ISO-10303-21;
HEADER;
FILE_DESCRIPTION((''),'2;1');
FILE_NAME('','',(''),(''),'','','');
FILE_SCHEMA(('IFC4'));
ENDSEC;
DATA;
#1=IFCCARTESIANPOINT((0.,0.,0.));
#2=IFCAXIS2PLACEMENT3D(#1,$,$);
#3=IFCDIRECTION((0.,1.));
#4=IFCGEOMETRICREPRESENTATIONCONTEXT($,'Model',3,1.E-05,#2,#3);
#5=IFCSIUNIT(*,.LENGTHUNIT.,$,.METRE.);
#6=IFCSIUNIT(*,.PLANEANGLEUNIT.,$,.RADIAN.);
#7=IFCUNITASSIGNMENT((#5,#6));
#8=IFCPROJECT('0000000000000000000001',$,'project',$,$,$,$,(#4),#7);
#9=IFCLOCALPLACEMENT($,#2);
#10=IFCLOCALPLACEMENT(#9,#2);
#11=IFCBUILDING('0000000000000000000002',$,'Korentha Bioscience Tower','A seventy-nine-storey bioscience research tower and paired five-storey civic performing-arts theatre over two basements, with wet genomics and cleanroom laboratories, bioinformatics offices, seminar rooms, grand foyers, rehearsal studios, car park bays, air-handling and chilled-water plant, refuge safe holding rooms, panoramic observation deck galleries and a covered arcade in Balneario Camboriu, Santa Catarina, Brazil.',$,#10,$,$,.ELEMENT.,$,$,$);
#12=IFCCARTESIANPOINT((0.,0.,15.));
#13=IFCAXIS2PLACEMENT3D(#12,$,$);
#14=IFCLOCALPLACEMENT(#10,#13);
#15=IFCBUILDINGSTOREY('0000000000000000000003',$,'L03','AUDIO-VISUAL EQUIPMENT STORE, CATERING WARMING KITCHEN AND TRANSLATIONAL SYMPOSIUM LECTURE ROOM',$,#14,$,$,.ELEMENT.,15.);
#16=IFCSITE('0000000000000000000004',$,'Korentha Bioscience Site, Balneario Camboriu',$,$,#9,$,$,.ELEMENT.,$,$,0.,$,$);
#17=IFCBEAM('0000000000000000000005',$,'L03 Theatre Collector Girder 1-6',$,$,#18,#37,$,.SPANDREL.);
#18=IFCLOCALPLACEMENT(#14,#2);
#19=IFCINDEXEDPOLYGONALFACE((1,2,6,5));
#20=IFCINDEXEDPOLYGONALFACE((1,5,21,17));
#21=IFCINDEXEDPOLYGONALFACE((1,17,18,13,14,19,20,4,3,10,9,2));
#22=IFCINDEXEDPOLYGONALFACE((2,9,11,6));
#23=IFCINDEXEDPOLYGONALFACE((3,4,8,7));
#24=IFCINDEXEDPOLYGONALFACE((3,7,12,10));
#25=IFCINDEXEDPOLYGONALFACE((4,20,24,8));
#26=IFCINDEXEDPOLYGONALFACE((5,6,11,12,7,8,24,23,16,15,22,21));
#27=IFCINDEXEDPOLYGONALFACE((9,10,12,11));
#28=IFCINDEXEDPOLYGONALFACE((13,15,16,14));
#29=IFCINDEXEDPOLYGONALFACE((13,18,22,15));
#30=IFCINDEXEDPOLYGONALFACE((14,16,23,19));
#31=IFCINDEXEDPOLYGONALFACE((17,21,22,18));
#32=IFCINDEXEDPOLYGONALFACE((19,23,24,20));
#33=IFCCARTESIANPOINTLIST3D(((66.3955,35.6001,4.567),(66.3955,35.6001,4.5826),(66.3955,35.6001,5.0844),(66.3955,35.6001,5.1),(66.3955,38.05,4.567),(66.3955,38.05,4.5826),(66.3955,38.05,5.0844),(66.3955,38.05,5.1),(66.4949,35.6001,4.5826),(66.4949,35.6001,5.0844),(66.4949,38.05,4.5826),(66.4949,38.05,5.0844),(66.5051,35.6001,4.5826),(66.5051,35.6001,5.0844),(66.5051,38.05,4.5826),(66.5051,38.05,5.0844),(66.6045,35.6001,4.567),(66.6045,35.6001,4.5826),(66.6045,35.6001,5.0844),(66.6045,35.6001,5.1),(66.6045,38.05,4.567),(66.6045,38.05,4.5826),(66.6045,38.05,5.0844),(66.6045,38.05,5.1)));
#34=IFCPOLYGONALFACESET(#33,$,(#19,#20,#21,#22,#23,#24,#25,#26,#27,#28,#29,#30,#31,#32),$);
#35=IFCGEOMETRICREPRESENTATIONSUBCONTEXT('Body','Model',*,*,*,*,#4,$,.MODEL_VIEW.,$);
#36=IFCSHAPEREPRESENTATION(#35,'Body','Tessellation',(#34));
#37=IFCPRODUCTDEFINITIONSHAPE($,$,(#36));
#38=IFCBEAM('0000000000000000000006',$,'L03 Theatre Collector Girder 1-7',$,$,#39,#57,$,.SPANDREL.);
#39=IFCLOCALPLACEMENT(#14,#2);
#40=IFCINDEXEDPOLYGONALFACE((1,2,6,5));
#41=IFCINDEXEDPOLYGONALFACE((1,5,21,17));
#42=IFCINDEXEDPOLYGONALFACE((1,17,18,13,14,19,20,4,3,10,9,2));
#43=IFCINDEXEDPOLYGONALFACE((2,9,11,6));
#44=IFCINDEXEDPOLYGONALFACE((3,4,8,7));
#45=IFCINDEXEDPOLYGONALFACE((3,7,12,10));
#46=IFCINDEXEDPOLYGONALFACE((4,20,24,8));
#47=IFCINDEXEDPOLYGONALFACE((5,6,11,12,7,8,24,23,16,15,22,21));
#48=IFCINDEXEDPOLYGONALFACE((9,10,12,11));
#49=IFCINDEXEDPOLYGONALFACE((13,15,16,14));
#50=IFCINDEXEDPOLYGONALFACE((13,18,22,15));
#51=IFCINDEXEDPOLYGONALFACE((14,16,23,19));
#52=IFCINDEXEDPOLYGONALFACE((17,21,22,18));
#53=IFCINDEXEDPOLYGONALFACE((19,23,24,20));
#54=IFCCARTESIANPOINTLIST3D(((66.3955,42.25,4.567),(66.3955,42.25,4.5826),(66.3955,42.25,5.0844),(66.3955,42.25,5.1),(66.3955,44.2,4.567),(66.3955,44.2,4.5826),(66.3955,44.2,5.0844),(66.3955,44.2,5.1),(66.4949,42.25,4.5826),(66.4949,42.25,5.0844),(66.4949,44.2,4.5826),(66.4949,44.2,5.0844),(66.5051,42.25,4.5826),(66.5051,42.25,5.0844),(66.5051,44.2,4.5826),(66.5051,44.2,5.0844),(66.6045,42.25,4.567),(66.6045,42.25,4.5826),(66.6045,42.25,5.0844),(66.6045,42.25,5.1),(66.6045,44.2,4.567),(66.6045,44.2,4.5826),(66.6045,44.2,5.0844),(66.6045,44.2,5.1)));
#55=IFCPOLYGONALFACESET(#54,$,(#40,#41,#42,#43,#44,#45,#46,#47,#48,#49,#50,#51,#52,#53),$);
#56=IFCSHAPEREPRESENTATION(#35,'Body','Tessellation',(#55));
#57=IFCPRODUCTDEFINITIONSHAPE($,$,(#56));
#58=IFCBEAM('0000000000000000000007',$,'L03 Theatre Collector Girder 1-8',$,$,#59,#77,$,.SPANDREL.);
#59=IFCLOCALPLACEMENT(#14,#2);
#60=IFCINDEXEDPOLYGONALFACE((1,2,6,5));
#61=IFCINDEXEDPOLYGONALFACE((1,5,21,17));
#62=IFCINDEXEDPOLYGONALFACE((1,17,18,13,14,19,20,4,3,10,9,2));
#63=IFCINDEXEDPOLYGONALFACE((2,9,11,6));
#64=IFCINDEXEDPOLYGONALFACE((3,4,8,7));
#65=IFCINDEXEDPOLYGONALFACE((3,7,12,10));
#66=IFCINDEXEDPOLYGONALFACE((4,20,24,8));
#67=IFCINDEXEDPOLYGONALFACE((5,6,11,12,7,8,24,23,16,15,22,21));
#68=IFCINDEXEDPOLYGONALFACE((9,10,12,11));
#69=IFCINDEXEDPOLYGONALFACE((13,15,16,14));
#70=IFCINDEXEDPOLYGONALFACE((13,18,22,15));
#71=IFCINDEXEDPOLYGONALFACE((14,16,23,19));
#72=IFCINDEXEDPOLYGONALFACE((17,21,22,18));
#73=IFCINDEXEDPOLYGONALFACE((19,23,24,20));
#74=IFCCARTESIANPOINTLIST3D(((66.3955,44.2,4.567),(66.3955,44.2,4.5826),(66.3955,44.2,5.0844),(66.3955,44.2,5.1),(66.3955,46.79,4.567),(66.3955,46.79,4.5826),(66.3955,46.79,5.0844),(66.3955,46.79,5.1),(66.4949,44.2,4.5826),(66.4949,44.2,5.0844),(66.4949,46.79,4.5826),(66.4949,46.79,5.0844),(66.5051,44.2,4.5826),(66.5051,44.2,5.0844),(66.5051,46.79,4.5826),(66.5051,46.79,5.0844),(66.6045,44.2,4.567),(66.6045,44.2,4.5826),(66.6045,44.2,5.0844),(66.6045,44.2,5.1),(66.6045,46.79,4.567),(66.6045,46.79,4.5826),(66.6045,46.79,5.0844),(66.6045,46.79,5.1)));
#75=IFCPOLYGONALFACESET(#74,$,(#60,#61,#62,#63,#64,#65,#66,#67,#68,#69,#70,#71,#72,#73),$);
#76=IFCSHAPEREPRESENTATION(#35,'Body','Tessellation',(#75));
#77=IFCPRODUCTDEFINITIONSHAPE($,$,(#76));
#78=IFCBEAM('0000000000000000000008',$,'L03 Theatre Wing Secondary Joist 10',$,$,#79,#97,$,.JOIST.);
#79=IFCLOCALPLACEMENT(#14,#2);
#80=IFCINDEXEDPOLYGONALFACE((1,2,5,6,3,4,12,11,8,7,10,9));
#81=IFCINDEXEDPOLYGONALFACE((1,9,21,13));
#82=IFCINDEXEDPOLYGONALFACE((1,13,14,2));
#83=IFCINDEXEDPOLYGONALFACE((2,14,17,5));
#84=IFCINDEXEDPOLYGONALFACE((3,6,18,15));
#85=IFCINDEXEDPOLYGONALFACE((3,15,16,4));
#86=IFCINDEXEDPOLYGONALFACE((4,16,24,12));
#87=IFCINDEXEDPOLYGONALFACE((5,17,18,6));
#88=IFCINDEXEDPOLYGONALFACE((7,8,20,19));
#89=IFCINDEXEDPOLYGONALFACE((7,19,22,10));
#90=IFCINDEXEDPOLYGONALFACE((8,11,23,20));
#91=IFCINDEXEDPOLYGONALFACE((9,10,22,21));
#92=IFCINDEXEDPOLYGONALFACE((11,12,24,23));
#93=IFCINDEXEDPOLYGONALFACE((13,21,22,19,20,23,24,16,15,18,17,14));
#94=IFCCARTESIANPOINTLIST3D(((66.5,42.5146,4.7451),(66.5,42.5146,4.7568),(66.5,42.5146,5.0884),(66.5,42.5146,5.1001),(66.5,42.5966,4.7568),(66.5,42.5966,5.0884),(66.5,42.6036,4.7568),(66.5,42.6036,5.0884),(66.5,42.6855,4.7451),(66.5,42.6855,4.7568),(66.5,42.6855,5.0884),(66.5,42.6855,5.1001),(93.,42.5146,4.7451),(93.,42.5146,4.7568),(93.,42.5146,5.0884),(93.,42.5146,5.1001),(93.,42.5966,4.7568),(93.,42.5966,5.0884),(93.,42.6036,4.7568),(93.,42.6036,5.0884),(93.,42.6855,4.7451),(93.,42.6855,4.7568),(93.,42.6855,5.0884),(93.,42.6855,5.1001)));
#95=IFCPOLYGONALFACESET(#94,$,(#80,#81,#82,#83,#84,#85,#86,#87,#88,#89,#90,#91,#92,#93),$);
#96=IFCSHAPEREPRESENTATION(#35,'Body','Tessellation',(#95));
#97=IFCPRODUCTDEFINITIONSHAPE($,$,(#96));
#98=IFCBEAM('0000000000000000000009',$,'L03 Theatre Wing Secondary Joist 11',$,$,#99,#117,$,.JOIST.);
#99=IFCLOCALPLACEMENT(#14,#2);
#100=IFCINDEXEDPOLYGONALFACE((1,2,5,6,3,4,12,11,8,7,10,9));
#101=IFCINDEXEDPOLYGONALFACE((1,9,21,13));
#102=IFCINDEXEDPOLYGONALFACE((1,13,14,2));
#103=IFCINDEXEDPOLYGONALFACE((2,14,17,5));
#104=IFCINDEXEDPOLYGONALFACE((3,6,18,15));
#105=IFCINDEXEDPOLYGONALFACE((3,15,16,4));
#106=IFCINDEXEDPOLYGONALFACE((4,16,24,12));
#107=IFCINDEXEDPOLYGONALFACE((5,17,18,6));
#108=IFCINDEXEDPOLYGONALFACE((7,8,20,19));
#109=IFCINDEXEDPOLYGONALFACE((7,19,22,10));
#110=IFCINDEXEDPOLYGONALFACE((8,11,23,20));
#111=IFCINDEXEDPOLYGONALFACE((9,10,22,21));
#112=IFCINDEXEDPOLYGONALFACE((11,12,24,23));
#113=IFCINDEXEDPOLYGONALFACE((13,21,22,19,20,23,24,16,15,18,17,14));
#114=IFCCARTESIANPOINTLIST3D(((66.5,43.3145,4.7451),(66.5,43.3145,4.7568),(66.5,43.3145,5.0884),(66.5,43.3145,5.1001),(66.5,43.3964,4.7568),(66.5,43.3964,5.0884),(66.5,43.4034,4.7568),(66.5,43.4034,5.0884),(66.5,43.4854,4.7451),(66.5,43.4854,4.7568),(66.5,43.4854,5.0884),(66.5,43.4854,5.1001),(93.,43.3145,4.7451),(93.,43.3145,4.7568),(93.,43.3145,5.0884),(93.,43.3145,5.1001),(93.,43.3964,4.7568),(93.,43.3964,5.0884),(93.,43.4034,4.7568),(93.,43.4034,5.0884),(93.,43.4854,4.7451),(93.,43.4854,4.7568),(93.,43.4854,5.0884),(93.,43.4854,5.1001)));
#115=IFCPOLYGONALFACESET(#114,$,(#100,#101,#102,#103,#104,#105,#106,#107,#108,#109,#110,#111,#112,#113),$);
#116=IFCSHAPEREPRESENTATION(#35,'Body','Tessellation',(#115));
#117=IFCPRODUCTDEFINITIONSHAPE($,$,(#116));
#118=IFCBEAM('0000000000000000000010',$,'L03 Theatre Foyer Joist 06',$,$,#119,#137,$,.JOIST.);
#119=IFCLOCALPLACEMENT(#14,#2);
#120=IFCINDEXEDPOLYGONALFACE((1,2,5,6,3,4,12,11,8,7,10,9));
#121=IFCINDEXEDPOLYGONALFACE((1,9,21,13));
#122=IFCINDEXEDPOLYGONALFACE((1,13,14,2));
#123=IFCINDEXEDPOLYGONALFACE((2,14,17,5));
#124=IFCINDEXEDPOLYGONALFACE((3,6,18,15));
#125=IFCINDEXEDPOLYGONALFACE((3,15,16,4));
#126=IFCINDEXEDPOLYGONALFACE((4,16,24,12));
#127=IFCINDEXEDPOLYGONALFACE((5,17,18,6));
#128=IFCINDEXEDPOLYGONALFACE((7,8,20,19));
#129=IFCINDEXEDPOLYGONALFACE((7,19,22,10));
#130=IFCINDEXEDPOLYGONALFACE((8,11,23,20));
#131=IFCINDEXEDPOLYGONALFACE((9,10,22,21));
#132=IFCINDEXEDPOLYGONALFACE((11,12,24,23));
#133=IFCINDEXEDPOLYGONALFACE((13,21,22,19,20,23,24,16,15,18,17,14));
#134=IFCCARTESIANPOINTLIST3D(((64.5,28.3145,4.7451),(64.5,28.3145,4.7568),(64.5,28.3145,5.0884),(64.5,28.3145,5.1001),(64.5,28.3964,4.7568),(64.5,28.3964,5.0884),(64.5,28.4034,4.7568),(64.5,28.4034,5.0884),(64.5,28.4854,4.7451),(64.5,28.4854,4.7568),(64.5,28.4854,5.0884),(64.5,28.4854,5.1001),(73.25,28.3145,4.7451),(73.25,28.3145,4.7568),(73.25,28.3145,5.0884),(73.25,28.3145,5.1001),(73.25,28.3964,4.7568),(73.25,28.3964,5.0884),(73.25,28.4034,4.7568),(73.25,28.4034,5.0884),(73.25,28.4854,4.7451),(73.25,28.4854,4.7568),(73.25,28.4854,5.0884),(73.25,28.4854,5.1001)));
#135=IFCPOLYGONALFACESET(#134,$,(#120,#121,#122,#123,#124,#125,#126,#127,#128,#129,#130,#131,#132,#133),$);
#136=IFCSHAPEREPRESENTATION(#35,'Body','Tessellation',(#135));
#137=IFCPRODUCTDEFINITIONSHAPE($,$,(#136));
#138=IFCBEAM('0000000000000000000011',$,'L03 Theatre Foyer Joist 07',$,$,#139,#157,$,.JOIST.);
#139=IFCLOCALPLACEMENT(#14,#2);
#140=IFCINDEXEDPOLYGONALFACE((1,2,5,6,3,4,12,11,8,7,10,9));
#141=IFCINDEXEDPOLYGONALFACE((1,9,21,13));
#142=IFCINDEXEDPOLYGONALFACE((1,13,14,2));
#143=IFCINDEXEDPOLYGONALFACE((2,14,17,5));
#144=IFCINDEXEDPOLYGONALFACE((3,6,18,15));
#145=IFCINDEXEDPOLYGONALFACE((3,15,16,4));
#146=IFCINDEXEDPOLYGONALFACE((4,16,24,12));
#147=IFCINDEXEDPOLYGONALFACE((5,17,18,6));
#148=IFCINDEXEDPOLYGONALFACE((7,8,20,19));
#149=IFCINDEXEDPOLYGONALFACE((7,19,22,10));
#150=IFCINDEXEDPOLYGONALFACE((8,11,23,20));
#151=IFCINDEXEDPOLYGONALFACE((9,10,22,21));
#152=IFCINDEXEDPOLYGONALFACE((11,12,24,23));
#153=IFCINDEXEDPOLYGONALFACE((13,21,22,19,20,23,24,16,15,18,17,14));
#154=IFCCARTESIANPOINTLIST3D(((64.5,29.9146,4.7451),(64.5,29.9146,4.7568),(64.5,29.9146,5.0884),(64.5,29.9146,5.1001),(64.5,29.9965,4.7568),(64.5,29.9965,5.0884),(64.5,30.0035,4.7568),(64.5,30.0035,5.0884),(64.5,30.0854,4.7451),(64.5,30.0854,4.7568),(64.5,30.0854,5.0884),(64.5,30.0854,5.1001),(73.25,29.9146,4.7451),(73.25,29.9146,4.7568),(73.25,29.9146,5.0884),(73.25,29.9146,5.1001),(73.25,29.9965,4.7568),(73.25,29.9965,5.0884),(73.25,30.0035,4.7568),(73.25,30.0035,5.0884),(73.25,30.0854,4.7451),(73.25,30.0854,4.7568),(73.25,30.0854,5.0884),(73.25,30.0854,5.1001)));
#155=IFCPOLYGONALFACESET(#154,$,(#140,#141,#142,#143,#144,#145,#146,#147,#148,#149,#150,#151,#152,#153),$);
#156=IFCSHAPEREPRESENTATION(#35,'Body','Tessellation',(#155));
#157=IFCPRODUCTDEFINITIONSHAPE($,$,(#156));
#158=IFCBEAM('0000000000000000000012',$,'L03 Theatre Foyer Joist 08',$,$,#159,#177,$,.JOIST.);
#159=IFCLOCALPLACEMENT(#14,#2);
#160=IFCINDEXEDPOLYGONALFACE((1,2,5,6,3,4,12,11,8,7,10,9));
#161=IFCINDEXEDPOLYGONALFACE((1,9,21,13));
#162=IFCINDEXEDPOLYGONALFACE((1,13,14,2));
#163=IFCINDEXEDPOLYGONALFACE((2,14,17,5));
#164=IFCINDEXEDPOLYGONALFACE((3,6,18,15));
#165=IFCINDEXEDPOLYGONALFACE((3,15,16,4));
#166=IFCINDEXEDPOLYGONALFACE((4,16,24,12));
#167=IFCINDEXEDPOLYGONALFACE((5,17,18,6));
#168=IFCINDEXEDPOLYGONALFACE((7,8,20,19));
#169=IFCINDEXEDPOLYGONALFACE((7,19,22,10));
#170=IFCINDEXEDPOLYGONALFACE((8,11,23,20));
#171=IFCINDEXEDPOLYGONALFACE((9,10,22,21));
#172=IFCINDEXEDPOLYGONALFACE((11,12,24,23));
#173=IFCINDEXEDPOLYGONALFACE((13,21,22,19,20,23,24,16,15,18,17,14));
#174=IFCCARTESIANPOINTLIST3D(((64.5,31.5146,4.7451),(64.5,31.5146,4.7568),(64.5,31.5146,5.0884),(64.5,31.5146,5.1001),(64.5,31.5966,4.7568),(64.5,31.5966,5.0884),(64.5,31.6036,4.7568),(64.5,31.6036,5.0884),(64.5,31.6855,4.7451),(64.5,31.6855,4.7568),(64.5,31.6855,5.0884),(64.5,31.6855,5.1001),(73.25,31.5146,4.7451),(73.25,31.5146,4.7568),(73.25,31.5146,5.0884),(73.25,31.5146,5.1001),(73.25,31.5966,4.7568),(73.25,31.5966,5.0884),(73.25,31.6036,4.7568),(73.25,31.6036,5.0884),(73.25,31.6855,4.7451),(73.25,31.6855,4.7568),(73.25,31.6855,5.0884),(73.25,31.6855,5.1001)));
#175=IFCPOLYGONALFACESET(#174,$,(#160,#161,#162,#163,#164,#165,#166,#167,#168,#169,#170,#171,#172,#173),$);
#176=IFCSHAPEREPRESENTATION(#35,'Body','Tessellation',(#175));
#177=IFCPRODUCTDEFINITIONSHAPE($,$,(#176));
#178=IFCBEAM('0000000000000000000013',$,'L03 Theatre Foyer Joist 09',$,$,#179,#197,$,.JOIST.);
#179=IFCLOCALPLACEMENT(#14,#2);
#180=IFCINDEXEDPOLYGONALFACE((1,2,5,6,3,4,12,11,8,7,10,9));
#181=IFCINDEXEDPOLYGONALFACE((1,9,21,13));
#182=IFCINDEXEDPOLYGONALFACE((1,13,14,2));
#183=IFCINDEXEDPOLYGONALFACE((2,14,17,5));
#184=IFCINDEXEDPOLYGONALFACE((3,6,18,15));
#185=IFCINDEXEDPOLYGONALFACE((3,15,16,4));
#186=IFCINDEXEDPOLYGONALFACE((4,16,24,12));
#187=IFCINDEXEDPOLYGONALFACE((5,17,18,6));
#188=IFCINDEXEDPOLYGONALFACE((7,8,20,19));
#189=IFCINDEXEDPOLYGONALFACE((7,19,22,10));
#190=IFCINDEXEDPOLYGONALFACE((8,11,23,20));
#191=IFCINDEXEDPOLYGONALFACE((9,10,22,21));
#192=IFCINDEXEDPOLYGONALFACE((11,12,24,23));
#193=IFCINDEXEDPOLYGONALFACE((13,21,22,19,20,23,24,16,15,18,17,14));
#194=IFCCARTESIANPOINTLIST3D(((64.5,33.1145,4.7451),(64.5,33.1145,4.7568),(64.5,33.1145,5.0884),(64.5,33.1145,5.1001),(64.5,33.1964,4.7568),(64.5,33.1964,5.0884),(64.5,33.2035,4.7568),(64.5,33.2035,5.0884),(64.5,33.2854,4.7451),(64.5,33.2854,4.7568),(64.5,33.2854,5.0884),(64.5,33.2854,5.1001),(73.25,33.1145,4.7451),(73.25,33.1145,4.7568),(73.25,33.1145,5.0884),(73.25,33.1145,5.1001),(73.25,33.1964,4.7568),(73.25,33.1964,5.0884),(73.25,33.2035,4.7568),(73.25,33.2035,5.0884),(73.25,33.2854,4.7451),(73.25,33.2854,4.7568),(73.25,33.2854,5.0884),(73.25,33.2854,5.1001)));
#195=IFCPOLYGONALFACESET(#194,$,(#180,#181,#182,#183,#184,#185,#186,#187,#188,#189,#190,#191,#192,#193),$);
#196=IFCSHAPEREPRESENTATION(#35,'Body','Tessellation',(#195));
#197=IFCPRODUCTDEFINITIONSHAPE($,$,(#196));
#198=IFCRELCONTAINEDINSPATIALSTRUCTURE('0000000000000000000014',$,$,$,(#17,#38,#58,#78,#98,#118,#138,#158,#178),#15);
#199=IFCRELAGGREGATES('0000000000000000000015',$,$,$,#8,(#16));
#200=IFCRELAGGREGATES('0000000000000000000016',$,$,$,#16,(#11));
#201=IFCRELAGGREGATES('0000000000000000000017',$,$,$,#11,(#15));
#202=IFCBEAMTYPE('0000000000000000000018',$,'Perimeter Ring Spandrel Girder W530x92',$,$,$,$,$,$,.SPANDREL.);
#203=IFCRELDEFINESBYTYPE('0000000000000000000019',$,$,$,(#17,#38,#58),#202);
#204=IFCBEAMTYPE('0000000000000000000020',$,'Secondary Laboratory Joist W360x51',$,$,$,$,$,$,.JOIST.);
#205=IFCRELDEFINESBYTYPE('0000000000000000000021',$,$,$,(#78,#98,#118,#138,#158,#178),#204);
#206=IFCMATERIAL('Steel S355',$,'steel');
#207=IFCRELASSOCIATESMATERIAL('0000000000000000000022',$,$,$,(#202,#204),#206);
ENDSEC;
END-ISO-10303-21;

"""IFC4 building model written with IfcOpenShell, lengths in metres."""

from ifc_helpers import new_model, si_unit, direction, frame, origin, origin_2d, place, context, subcontext, project, spatial, i_section, extrude, material, material_profile, profile_set, type_object, element, save


model = new_model("IFC4")

# Units and contexts
model_context = context("Model", 3, precision=1e-05, world=origin(), true_north=direction((0.0, 1.0)))
body_context = subcontext(model_context, "Body", "Model", "MODEL_VIEW")
ifc_project = project(units=[si_unit("LENGTHUNIT", "METRE"), si_unit("PLANEANGLEUNIT", "RADIAN")], contexts=[model_context])

# Site, building, storey
site_placement = place(None, origin())
site = spatial("IfcSite", under=ifc_project, at=site_placement, Name="Korentha Bioscience Site, Balneario Camboriu", CompositionType="ELEMENT", RefElevation=0.0)
building_placement = place(site_placement, origin())
building = spatial("IfcBuilding", under=site, at=building_placement, Name="Korentha Bioscience Tower", Description="A seventy-nine-storey bioscience research tower and paired five-storey civic performing-arts theatre over two basements, with wet genomics and cleanroom laboratories, bioinformatics offices, seminar rooms, grand foyers, rehearsal studios, car park bays, air-handling and chilled-water plant, refuge safe holding rooms, panoramic observation deck galleries and a covered arcade in Balneario Camboriu, Santa Catarina, Brazil.", CompositionType="ELEMENT")
storey_placement = place(building_placement, frame((0.0, 0.0, 15.0)))
storey = spatial("IfcBuildingStorey", under=building, at=storey_placement, Name="L03", Description="AUDIO-VISUAL EQUIPMENT STORE, CATERING WARMING KITCHEN AND TRANSLATIONAL SYMPOSIUM LECTURE ROOM", CompositionType="ELEMENT", Elevation=15.0)

# Shared definitions
ifc_material_1 = material(Name="Steel S355", Category="steel")

# Beams
ifc_material_profile_1 = material_profile(ifc_material_1, i_section(OverallWidth=0.209, OverallDepth=0.533, WebThickness=0.0103, FlangeThickness=0.0156, at=origin_2d()), Name="Steel S355")
ifc_profile_set_1 = profile_set([ifc_material_profile_1], Name="Steel S355 (SB-530)")
beam_type_1 = type_object("IfcBeamType", Name="Perimeter Ring Spandrel Girder W530x92", PredefinedType="SPANDREL", material=ifc_profile_set_1)
beam_1_placement = place(storey_placement, frame((66.5, 35.6001, 4.8335), z_axis=(0.0, 1.0, 0.0), x_axis=(-1.0, 0.0, 0.0)))
element("IfcBeam", 1, at=beam_1_placement, inside=storey, type_object=beam_type_1, Name="L03 Theatre Collector Girder 1-6", PredefinedType="SPANDREL", context=body_context, shape_type="SweptSolid", body=[
    extrude(i_section(OverallWidth=0.209, OverallDepth=0.533, WebThickness=0.0103, FlangeThickness=0.0156, at=origin_2d()), origin(), (0.0, 0.0, 1.0), 2.45),
])
beam_2_placement = place(storey_placement, frame((66.5, 42.25, 4.8335), z_axis=(0.0, 1.0, 0.0), x_axis=(-1.0, 0.0, 0.0)))
element("IfcBeam", 2, at=beam_2_placement, inside=storey, type_object=beam_type_1, Name="L03 Theatre Collector Girder 1-7", PredefinedType="SPANDREL", context=body_context, shape_type="SweptSolid", body=[
    extrude(i_section(OverallWidth=0.209, OverallDepth=0.533, WebThickness=0.0103, FlangeThickness=0.0156, at=origin_2d()), origin(), (0.0, 0.0, 1.0), 1.95),
])
beam_3_placement = place(storey_placement, frame((66.5, 44.2, 4.8335), z_axis=(0.0, 1.0, 0.0), x_axis=(-1.0, 0.0, 0.0)))
element("IfcBeam", 3, at=beam_3_placement, inside=storey, type_object=beam_type_1, Name="L03 Theatre Collector Girder 1-8", PredefinedType="SPANDREL", context=body_context, shape_type="SweptSolid", body=[
    extrude(i_section(OverallWidth=0.209, OverallDepth=0.533, WebThickness=0.0103, FlangeThickness=0.0156, at=origin_2d()), origin(), (0.0, 0.0, 1.0), 2.5901),
])
ifc_material_profile_2 = material_profile(ifc_material_1, i_section(OverallWidth=0.1709, OverallDepth=0.355, WebThickness=0.0071, FlangeThickness=0.0117, at=origin_2d()), Name="Steel S355")
ifc_profile_set_2 = profile_set([ifc_material_profile_2], Name="Steel S355 (JB-360)")
beam_type_2 = type_object("IfcBeamType", Name="Secondary Laboratory Joist W360x51", PredefinedType="JOIST", material=ifc_profile_set_2)
for number, where, z_axis, x_axis, name in (
    (4, (66.5, 42.6001, 4.9226), (1.0, 0.0, 0.0), (0.0, 1.0, 0.0), "L03 Theatre Wing Secondary Joist 10"),
    (5, (66.5, 43.3999, 4.9226), (1.0, 0.0, 0.0), (0.0, 1.0, 0.0), "L03 Theatre Wing Secondary Joist 11"),
):
    element("IfcBeam", number, at=place(storey_placement, frame(where, z_axis=z_axis, x_axis=x_axis)), inside=storey, type_object=beam_type_2, Name=name, PredefinedType="JOIST", context=body_context, shape_type="SweptSolid", body=[
        extrude(i_section(OverallWidth=0.1709, OverallDepth=0.355, WebThickness=0.0071, FlangeThickness=0.0117, at=origin_2d()), origin(), (0.0, 0.0, 1.0), 26.5),
    ])
for number, where, z_axis, x_axis, name in (
    (6, (64.5, 28.3999, 4.9226), (1.0, 0.0, 0.0), (0.0, 1.0, 0.0), "L03 Theatre Foyer Joist 06"),
    (7, (64.5, 30.0, 4.9226), (1.0, 0.0, 0.0), (0.0, 1.0, 0.0), "L03 Theatre Foyer Joist 07"),
    (8, (64.5, 31.6001, 4.9226), (1.0, 0.0, 0.0), (0.0, 1.0, 0.0), "L03 Theatre Foyer Joist 08"),
    (9, (64.5, 33.2, 4.9226), (1.0, 0.0, 0.0), (0.0, 1.0, 0.0), "L03 Theatre Foyer Joist 09"),
):
    element("IfcBeam", number, at=place(storey_placement, frame(where, z_axis=z_axis, x_axis=x_axis)), inside=storey, type_object=beam_type_2, Name=name, PredefinedType="JOIST", context=body_context, shape_type="SweptSolid", body=[
        extrude(i_section(OverallWidth=0.1709, OverallDepth=0.355, WebThickness=0.0071, FlangeThickness=0.0117, at=origin_2d()), origin(), (0.0, 0.0, 1.0), 8.75),
    ])

save(model, "model.ifc")
